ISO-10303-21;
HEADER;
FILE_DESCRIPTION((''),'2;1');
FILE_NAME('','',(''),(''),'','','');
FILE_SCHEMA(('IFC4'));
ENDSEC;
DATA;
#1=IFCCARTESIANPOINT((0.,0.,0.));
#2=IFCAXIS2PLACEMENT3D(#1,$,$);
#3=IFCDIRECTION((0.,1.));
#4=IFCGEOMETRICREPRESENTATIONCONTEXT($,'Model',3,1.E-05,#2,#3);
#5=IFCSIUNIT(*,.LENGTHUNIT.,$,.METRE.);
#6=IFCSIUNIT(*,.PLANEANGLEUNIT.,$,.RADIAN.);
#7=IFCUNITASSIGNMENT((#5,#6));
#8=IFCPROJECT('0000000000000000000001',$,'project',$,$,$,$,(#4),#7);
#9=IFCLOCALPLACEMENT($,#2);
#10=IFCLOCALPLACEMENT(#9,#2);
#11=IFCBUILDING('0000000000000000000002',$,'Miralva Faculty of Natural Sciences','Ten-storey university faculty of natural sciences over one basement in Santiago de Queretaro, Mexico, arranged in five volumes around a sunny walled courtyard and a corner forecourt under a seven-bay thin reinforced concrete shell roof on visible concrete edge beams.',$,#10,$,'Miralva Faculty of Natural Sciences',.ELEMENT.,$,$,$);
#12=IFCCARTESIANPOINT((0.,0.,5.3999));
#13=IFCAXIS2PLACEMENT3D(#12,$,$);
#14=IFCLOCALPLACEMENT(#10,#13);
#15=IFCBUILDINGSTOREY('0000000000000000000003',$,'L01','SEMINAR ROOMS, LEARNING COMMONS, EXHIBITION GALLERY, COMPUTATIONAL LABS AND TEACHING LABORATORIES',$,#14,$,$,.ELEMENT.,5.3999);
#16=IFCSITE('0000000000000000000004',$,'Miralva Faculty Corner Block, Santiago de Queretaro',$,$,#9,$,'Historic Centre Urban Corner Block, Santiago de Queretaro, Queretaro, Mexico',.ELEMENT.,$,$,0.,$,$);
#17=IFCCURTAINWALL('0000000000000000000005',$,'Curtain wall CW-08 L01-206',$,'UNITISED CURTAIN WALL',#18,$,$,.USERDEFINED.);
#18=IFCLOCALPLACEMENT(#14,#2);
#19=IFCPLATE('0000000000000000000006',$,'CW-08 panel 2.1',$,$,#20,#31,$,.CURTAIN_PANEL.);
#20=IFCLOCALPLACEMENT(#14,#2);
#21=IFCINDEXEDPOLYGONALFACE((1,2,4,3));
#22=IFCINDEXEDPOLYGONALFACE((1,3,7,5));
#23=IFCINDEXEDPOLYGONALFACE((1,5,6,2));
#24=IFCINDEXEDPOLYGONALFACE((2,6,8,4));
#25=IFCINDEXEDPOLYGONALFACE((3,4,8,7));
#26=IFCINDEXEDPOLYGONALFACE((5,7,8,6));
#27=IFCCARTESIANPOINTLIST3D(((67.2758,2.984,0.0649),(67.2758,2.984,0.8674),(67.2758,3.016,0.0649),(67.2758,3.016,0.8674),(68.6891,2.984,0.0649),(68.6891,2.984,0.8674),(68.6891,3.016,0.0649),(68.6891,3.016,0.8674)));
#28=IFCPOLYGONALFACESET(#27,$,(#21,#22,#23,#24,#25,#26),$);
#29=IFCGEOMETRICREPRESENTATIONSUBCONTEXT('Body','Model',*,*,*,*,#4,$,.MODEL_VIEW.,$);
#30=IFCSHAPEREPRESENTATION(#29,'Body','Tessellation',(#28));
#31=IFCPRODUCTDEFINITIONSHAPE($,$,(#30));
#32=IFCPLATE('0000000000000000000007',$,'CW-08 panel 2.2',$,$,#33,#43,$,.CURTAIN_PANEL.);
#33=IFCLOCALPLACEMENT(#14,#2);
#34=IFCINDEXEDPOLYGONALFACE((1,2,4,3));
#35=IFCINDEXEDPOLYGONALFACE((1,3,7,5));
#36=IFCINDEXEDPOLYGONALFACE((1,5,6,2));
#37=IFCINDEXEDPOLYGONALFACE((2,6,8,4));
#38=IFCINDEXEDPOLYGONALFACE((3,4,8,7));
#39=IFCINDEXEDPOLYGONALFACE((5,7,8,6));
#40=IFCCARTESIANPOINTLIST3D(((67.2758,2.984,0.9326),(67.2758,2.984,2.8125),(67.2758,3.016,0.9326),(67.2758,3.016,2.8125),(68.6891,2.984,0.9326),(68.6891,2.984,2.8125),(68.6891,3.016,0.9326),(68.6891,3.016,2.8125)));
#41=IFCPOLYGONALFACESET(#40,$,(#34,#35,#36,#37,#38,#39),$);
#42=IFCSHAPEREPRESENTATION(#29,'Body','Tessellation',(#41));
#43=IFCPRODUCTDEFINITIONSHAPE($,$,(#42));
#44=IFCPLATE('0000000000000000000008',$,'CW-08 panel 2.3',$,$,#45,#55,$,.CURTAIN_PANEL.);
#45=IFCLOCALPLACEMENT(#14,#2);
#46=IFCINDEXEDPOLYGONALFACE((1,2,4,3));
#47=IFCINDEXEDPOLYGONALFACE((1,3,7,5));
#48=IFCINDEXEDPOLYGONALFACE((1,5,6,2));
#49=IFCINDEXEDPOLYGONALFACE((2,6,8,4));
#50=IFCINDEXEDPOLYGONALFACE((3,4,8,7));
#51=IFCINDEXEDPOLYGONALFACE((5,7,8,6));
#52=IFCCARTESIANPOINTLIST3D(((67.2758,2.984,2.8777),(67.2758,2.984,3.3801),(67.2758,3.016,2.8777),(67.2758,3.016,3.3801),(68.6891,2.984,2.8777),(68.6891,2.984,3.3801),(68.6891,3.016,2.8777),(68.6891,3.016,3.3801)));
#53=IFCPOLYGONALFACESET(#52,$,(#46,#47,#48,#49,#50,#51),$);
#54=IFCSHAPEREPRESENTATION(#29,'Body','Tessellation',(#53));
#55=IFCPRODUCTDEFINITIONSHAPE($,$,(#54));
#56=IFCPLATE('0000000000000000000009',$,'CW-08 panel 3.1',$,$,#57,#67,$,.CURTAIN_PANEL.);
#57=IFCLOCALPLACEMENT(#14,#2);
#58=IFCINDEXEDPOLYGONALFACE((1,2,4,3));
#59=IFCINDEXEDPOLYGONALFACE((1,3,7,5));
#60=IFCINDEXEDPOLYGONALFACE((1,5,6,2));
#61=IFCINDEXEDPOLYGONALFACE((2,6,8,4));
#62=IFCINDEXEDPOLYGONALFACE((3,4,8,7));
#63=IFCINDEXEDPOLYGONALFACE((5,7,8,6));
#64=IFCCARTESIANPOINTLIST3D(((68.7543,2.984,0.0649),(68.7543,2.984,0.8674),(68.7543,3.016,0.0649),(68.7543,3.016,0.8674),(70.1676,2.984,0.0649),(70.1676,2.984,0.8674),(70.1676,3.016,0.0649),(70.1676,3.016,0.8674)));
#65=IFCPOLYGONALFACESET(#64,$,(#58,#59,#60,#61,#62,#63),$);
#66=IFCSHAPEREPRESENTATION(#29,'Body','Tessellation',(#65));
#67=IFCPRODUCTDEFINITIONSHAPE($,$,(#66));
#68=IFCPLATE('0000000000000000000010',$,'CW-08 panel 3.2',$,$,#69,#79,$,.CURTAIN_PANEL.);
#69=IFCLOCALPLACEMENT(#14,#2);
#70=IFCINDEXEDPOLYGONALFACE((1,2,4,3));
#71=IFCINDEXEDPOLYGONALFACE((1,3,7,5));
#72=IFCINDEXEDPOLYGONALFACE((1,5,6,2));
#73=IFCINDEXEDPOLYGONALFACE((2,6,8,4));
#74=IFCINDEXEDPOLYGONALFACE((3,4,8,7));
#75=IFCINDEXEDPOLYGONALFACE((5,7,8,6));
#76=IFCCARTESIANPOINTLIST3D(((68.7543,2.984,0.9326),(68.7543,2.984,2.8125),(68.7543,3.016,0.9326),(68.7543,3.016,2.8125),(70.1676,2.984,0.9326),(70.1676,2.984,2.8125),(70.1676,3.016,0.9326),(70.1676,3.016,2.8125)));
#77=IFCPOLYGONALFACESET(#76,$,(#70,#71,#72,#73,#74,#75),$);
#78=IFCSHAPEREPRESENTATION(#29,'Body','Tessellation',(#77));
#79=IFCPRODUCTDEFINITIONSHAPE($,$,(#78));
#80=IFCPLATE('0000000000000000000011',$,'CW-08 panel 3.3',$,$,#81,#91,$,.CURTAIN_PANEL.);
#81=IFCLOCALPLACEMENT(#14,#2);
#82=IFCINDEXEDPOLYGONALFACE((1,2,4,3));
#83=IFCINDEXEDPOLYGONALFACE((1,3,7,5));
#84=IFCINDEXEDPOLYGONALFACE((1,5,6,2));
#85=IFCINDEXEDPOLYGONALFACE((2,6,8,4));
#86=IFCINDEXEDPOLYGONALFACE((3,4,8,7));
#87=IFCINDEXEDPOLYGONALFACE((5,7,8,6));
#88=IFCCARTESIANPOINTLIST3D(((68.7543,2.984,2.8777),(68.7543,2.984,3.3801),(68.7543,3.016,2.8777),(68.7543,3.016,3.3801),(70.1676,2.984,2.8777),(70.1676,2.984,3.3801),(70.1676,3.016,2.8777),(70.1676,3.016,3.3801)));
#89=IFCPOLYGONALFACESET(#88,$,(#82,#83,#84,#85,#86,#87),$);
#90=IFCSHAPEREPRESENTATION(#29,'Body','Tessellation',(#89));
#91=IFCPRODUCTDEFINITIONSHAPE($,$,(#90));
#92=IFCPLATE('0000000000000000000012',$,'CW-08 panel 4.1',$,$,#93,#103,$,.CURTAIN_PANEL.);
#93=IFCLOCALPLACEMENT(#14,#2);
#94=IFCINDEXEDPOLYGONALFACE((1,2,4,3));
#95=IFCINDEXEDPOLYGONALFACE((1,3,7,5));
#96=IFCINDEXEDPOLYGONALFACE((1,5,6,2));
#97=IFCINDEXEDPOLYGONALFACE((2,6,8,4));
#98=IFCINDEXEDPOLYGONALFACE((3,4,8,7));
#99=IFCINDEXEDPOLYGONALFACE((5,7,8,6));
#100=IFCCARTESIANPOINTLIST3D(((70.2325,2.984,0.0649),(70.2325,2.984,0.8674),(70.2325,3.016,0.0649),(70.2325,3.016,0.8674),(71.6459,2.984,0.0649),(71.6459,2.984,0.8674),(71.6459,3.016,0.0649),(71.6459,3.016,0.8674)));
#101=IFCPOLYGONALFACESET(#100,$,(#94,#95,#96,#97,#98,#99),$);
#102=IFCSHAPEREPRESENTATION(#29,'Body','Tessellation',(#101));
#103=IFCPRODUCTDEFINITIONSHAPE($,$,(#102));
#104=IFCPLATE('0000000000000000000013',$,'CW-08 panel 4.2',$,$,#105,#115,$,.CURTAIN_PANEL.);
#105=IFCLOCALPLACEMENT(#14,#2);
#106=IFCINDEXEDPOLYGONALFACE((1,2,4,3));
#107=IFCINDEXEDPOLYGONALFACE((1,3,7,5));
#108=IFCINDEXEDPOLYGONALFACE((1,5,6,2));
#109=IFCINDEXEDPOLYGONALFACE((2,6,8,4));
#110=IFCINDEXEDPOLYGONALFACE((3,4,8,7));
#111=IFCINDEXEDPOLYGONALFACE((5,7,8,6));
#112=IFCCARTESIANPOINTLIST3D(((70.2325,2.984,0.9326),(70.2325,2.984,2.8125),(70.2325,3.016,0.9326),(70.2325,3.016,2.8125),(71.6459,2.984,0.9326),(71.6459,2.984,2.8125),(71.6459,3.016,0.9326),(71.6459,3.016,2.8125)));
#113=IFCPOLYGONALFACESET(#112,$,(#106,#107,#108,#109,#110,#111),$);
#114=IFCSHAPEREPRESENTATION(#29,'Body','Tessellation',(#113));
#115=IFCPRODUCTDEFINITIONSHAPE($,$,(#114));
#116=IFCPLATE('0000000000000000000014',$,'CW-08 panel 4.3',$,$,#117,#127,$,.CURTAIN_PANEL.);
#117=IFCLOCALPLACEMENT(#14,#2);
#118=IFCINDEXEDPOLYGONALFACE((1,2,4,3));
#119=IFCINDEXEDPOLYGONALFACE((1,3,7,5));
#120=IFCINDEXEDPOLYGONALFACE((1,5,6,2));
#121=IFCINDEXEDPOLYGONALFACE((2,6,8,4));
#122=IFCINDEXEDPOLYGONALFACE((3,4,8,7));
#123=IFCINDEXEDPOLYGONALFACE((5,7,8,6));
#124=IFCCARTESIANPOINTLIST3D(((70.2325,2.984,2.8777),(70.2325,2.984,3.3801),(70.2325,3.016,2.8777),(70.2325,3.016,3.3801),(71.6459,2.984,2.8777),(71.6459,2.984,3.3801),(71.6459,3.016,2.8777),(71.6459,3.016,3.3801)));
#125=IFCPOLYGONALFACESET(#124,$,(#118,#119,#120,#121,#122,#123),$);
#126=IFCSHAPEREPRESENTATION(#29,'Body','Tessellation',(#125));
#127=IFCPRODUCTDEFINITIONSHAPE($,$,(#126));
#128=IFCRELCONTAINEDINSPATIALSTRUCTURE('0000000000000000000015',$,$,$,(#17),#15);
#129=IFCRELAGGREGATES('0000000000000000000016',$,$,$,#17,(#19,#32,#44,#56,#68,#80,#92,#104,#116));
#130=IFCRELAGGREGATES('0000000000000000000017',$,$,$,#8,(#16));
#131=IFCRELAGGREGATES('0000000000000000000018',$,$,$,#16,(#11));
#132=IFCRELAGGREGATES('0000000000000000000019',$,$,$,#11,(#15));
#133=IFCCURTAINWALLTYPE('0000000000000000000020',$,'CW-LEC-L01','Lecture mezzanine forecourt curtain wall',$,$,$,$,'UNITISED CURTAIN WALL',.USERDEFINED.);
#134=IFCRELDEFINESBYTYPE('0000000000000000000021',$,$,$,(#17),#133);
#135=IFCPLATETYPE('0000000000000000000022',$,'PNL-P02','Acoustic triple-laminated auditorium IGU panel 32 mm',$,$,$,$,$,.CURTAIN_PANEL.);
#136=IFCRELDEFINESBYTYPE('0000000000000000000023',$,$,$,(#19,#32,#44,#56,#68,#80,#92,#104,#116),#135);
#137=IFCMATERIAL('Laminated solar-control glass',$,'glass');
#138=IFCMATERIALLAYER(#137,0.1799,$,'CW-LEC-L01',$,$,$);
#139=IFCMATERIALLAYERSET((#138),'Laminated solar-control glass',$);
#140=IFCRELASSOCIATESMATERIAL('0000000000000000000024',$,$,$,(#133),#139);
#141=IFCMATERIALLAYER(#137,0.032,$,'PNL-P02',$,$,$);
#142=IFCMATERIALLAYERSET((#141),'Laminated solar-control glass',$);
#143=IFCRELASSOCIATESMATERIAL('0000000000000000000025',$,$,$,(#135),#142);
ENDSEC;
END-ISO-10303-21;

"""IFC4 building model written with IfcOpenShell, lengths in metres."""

from ifc_helpers import new_model, si_unit, direction, frame, origin, origin_2d, place, context, subcontext, project, spatial, rectangle, extrude, material, layer, layer_set, type_object, element, aggregate, save


model = new_model("IFC4")

# Units and contexts
model_context = context("Model", 3, precision=1e-05, world=origin(), true_north=direction((0.0, 1.0)))
body_context = subcontext(model_context, "Body", "Model", "MODEL_VIEW")
ifc_project = project(units=[si_unit("LENGTHUNIT", "METRE"), si_unit("PLANEANGLEUNIT", "RADIAN")], contexts=[model_context])

# Site, building, storey
site_placement = place(None, origin())
site = spatial("IfcSite", under=ifc_project, at=site_placement, Name="Miralva Faculty Corner Block, Santiago de Queretaro", LongName="Historic Centre Urban Corner Block, Santiago de Queretaro, Queretaro, Mexico", CompositionType="ELEMENT", RefElevation=0.0)
building_placement = place(site_placement, origin())
building = spatial("IfcBuilding", under=site, at=building_placement, Name="Miralva Faculty of Natural Sciences", Description="Ten-storey university faculty of natural sciences over one basement in Santiago de Queretaro, Mexico, arranged in five volumes around a sunny walled courtyard and a corner forecourt under a seven-bay thin reinforced concrete shell roof on visible concrete edge beams.", LongName="Miralva Faculty of Natural Sciences", CompositionType="ELEMENT")
storey_placement = place(building_placement, frame((0.0, 0.0, 5.3999)))
storey = spatial("IfcBuildingStorey", under=building, at=storey_placement, Name="L01", Description="SEMINAR ROOMS, LEARNING COMMONS, EXHIBITION GALLERY, COMPUTATIONAL LABS AND TEACHING LABORATORIES", CompositionType="ELEMENT", Elevation=5.3999)

# Curtain wall, plates
ifc_material_1 = material(Name="Laminated solar-control glass", Category="glass")
ifc_layer_1 = layer(ifc_material_1, 0.1799, Name="CW-LEC-L01")
ifc_layer_set_1 = layer_set([ifc_layer_1], Name="Laminated solar-control glass")
curtain_wall_type = type_object("IfcCurtainWallType", Name="CW-LEC-L01", Description="Lecture mezzanine forecourt curtain wall", ElementType="UNITISED CURTAIN WALL", PredefinedType="USERDEFINED", material=ifc_layer_set_1)
curtain_wall_placement = place(storey_placement, origin())
curtain_wall = element("IfcCurtainWall", 1, at=curtain_wall_placement, inside=storey, type_object=curtain_wall_type, Name="Curtain wall CW-08 L01-206", ObjectType="UNITISED CURTAIN WALL", PredefinedType="USERDEFINED")
ifc_layer_2 = layer(ifc_material_1, 0.032, Name="PNL-P02")
ifc_layer_set_2 = layer_set([ifc_layer_2], Name="Laminated solar-control glass")
plate_type = type_object("IfcPlateType", Name="PNL-P02", Description="Acoustic triple-laminated auditorium IGU panel 32 mm", PredefinedType="CURTAIN_PANEL", material=ifc_layer_set_2)
plate_1_placement = place(storey_placement, frame((67.9824, 3.0, 0.0649), z_axis=(0.0, 0.0, 1.0), x_axis=(1.0, 0.0, 0.0)))
plate_1 = element("IfcPlate", 2, at=plate_1_placement, type_object=plate_type, Name="CW-08 panel 2.1", PredefinedType="CURTAIN_PANEL", context=body_context, shape_type="SweptSolid", body=[
    extrude(rectangle(XDim=1.4133, YDim=0.032, at=origin_2d()), origin(), (0.0, 0.0, 1.0), 0.8025),
])
plate_2_placement = place(storey_placement, frame((67.9824, 3.0, 0.9326), z_axis=(0.0, 0.0, 1.0), x_axis=(1.0, 0.0, 0.0)))
plate_2 = element("IfcPlate", 3, at=plate_2_placement, type_object=plate_type, Name="CW-08 panel 2.2", PredefinedType="CURTAIN_PANEL", context=body_context, shape_type="SweptSolid", body=[
    extrude(rectangle(XDim=1.4133, YDim=0.032, at=origin_2d()), origin(), (0.0, 0.0, 1.0), 1.8799),
])
plate_3_placement = place(storey_placement, frame((67.9824, 3.0, 2.8777), z_axis=(0.0, 0.0, 1.0), x_axis=(1.0, 0.0, 0.0)))
plate_3 = element("IfcPlate", 4, at=plate_3_placement, type_object=plate_type, Name="CW-08 panel 2.3", PredefinedType="CURTAIN_PANEL", context=body_context, shape_type="SweptSolid", body=[
    extrude(rectangle(XDim=1.4133, YDim=0.032, at=origin_2d()), origin(), (0.0, 0.0, 1.0), 0.5024),
])
plate_4_placement = place(storey_placement, frame((69.4609, 3.0, 0.0649), z_axis=(0.0, 0.0, 1.0), x_axis=(1.0, 0.0, 0.0)))
plate_4 = element("IfcPlate", 5, at=plate_4_placement, type_object=plate_type, Name="CW-08 panel 3.1", PredefinedType="CURTAIN_PANEL", context=body_context, shape_type="SweptSolid", body=[
    extrude(rectangle(XDim=1.4133, YDim=0.032, at=origin_2d()), origin(), (0.0, 0.0, 1.0), 0.8025),
])
plate_5_placement = place(storey_placement, frame((69.4609, 3.0, 0.9326), z_axis=(0.0, 0.0, 1.0), x_axis=(1.0, 0.0, 0.0)))
plate_5 = element("IfcPlate", 6, at=plate_5_placement, type_object=plate_type, Name="CW-08 panel 3.2", PredefinedType="CURTAIN_PANEL", context=body_context, shape_type="SweptSolid", body=[
    extrude(rectangle(XDim=1.4133, YDim=0.032, at=origin_2d()), origin(), (0.0, 0.0, 1.0), 1.8799),
])
plate_6_placement = place(storey_placement, frame((69.4609, 3.0, 2.8777), z_axis=(0.0, 0.0, 1.0), x_axis=(1.0, 0.0, 0.0)))
plate_6 = element("IfcPlate", 7, at=plate_6_placement, type_object=plate_type, Name="CW-08 panel 3.3", PredefinedType="CURTAIN_PANEL", context=body_context, shape_type="SweptSolid", body=[
    extrude(rectangle(XDim=1.4133, YDim=0.032, at=origin_2d()), origin(), (0.0, 0.0, 1.0), 0.5024),
])
plate_7_placement = place(storey_placement, frame((70.9392, 3.0, 0.0649), z_axis=(0.0, 0.0, 1.0), x_axis=(1.0, 0.0, 0.0)))
plate_7 = element("IfcPlate", 8, at=plate_7_placement, type_object=plate_type, Name="CW-08 panel 4.1", PredefinedType="CURTAIN_PANEL", context=body_context, shape_type="SweptSolid", body=[
    extrude(rectangle(XDim=1.4133, YDim=0.032, at=origin_2d()), origin(), (0.0, 0.0, 1.0), 0.8025),
])
plate_8_placement = place(storey_placement, frame((70.9392, 3.0, 0.9326), z_axis=(0.0, 0.0, 1.0), x_axis=(1.0, 0.0, 0.0)))
plate_8 = element("IfcPlate", 9, at=plate_8_placement, type_object=plate_type, Name="CW-08 panel 4.2", PredefinedType="CURTAIN_PANEL", context=body_context, shape_type="SweptSolid", body=[
    extrude(rectangle(XDim=1.4133, YDim=0.032, at=origin_2d()), origin(), (0.0, 0.0, 1.0), 1.8799),
])
plate_9_placement = place(storey_placement, frame((70.9392, 3.0, 2.8777), z_axis=(0.0, 0.0, 1.0), x_axis=(1.0, 0.0, 0.0)))
plate_9 = element("IfcPlate", 10, at=plate_9_placement, type_object=plate_type, Name="CW-08 panel 4.3", PredefinedType="CURTAIN_PANEL", context=body_context, shape_type="SweptSolid", body=[
    extrude(rectangle(XDim=1.4133, YDim=0.032, at=origin_2d()), origin(), (0.0, 0.0, 1.0), 0.5024),
])
aggregate(curtain_wall, [plate_1, plate_2, plate_3, plate_4, plate_5, plate_6, plate_7, plate_8, plate_9])

save(model, "model.ifc")
